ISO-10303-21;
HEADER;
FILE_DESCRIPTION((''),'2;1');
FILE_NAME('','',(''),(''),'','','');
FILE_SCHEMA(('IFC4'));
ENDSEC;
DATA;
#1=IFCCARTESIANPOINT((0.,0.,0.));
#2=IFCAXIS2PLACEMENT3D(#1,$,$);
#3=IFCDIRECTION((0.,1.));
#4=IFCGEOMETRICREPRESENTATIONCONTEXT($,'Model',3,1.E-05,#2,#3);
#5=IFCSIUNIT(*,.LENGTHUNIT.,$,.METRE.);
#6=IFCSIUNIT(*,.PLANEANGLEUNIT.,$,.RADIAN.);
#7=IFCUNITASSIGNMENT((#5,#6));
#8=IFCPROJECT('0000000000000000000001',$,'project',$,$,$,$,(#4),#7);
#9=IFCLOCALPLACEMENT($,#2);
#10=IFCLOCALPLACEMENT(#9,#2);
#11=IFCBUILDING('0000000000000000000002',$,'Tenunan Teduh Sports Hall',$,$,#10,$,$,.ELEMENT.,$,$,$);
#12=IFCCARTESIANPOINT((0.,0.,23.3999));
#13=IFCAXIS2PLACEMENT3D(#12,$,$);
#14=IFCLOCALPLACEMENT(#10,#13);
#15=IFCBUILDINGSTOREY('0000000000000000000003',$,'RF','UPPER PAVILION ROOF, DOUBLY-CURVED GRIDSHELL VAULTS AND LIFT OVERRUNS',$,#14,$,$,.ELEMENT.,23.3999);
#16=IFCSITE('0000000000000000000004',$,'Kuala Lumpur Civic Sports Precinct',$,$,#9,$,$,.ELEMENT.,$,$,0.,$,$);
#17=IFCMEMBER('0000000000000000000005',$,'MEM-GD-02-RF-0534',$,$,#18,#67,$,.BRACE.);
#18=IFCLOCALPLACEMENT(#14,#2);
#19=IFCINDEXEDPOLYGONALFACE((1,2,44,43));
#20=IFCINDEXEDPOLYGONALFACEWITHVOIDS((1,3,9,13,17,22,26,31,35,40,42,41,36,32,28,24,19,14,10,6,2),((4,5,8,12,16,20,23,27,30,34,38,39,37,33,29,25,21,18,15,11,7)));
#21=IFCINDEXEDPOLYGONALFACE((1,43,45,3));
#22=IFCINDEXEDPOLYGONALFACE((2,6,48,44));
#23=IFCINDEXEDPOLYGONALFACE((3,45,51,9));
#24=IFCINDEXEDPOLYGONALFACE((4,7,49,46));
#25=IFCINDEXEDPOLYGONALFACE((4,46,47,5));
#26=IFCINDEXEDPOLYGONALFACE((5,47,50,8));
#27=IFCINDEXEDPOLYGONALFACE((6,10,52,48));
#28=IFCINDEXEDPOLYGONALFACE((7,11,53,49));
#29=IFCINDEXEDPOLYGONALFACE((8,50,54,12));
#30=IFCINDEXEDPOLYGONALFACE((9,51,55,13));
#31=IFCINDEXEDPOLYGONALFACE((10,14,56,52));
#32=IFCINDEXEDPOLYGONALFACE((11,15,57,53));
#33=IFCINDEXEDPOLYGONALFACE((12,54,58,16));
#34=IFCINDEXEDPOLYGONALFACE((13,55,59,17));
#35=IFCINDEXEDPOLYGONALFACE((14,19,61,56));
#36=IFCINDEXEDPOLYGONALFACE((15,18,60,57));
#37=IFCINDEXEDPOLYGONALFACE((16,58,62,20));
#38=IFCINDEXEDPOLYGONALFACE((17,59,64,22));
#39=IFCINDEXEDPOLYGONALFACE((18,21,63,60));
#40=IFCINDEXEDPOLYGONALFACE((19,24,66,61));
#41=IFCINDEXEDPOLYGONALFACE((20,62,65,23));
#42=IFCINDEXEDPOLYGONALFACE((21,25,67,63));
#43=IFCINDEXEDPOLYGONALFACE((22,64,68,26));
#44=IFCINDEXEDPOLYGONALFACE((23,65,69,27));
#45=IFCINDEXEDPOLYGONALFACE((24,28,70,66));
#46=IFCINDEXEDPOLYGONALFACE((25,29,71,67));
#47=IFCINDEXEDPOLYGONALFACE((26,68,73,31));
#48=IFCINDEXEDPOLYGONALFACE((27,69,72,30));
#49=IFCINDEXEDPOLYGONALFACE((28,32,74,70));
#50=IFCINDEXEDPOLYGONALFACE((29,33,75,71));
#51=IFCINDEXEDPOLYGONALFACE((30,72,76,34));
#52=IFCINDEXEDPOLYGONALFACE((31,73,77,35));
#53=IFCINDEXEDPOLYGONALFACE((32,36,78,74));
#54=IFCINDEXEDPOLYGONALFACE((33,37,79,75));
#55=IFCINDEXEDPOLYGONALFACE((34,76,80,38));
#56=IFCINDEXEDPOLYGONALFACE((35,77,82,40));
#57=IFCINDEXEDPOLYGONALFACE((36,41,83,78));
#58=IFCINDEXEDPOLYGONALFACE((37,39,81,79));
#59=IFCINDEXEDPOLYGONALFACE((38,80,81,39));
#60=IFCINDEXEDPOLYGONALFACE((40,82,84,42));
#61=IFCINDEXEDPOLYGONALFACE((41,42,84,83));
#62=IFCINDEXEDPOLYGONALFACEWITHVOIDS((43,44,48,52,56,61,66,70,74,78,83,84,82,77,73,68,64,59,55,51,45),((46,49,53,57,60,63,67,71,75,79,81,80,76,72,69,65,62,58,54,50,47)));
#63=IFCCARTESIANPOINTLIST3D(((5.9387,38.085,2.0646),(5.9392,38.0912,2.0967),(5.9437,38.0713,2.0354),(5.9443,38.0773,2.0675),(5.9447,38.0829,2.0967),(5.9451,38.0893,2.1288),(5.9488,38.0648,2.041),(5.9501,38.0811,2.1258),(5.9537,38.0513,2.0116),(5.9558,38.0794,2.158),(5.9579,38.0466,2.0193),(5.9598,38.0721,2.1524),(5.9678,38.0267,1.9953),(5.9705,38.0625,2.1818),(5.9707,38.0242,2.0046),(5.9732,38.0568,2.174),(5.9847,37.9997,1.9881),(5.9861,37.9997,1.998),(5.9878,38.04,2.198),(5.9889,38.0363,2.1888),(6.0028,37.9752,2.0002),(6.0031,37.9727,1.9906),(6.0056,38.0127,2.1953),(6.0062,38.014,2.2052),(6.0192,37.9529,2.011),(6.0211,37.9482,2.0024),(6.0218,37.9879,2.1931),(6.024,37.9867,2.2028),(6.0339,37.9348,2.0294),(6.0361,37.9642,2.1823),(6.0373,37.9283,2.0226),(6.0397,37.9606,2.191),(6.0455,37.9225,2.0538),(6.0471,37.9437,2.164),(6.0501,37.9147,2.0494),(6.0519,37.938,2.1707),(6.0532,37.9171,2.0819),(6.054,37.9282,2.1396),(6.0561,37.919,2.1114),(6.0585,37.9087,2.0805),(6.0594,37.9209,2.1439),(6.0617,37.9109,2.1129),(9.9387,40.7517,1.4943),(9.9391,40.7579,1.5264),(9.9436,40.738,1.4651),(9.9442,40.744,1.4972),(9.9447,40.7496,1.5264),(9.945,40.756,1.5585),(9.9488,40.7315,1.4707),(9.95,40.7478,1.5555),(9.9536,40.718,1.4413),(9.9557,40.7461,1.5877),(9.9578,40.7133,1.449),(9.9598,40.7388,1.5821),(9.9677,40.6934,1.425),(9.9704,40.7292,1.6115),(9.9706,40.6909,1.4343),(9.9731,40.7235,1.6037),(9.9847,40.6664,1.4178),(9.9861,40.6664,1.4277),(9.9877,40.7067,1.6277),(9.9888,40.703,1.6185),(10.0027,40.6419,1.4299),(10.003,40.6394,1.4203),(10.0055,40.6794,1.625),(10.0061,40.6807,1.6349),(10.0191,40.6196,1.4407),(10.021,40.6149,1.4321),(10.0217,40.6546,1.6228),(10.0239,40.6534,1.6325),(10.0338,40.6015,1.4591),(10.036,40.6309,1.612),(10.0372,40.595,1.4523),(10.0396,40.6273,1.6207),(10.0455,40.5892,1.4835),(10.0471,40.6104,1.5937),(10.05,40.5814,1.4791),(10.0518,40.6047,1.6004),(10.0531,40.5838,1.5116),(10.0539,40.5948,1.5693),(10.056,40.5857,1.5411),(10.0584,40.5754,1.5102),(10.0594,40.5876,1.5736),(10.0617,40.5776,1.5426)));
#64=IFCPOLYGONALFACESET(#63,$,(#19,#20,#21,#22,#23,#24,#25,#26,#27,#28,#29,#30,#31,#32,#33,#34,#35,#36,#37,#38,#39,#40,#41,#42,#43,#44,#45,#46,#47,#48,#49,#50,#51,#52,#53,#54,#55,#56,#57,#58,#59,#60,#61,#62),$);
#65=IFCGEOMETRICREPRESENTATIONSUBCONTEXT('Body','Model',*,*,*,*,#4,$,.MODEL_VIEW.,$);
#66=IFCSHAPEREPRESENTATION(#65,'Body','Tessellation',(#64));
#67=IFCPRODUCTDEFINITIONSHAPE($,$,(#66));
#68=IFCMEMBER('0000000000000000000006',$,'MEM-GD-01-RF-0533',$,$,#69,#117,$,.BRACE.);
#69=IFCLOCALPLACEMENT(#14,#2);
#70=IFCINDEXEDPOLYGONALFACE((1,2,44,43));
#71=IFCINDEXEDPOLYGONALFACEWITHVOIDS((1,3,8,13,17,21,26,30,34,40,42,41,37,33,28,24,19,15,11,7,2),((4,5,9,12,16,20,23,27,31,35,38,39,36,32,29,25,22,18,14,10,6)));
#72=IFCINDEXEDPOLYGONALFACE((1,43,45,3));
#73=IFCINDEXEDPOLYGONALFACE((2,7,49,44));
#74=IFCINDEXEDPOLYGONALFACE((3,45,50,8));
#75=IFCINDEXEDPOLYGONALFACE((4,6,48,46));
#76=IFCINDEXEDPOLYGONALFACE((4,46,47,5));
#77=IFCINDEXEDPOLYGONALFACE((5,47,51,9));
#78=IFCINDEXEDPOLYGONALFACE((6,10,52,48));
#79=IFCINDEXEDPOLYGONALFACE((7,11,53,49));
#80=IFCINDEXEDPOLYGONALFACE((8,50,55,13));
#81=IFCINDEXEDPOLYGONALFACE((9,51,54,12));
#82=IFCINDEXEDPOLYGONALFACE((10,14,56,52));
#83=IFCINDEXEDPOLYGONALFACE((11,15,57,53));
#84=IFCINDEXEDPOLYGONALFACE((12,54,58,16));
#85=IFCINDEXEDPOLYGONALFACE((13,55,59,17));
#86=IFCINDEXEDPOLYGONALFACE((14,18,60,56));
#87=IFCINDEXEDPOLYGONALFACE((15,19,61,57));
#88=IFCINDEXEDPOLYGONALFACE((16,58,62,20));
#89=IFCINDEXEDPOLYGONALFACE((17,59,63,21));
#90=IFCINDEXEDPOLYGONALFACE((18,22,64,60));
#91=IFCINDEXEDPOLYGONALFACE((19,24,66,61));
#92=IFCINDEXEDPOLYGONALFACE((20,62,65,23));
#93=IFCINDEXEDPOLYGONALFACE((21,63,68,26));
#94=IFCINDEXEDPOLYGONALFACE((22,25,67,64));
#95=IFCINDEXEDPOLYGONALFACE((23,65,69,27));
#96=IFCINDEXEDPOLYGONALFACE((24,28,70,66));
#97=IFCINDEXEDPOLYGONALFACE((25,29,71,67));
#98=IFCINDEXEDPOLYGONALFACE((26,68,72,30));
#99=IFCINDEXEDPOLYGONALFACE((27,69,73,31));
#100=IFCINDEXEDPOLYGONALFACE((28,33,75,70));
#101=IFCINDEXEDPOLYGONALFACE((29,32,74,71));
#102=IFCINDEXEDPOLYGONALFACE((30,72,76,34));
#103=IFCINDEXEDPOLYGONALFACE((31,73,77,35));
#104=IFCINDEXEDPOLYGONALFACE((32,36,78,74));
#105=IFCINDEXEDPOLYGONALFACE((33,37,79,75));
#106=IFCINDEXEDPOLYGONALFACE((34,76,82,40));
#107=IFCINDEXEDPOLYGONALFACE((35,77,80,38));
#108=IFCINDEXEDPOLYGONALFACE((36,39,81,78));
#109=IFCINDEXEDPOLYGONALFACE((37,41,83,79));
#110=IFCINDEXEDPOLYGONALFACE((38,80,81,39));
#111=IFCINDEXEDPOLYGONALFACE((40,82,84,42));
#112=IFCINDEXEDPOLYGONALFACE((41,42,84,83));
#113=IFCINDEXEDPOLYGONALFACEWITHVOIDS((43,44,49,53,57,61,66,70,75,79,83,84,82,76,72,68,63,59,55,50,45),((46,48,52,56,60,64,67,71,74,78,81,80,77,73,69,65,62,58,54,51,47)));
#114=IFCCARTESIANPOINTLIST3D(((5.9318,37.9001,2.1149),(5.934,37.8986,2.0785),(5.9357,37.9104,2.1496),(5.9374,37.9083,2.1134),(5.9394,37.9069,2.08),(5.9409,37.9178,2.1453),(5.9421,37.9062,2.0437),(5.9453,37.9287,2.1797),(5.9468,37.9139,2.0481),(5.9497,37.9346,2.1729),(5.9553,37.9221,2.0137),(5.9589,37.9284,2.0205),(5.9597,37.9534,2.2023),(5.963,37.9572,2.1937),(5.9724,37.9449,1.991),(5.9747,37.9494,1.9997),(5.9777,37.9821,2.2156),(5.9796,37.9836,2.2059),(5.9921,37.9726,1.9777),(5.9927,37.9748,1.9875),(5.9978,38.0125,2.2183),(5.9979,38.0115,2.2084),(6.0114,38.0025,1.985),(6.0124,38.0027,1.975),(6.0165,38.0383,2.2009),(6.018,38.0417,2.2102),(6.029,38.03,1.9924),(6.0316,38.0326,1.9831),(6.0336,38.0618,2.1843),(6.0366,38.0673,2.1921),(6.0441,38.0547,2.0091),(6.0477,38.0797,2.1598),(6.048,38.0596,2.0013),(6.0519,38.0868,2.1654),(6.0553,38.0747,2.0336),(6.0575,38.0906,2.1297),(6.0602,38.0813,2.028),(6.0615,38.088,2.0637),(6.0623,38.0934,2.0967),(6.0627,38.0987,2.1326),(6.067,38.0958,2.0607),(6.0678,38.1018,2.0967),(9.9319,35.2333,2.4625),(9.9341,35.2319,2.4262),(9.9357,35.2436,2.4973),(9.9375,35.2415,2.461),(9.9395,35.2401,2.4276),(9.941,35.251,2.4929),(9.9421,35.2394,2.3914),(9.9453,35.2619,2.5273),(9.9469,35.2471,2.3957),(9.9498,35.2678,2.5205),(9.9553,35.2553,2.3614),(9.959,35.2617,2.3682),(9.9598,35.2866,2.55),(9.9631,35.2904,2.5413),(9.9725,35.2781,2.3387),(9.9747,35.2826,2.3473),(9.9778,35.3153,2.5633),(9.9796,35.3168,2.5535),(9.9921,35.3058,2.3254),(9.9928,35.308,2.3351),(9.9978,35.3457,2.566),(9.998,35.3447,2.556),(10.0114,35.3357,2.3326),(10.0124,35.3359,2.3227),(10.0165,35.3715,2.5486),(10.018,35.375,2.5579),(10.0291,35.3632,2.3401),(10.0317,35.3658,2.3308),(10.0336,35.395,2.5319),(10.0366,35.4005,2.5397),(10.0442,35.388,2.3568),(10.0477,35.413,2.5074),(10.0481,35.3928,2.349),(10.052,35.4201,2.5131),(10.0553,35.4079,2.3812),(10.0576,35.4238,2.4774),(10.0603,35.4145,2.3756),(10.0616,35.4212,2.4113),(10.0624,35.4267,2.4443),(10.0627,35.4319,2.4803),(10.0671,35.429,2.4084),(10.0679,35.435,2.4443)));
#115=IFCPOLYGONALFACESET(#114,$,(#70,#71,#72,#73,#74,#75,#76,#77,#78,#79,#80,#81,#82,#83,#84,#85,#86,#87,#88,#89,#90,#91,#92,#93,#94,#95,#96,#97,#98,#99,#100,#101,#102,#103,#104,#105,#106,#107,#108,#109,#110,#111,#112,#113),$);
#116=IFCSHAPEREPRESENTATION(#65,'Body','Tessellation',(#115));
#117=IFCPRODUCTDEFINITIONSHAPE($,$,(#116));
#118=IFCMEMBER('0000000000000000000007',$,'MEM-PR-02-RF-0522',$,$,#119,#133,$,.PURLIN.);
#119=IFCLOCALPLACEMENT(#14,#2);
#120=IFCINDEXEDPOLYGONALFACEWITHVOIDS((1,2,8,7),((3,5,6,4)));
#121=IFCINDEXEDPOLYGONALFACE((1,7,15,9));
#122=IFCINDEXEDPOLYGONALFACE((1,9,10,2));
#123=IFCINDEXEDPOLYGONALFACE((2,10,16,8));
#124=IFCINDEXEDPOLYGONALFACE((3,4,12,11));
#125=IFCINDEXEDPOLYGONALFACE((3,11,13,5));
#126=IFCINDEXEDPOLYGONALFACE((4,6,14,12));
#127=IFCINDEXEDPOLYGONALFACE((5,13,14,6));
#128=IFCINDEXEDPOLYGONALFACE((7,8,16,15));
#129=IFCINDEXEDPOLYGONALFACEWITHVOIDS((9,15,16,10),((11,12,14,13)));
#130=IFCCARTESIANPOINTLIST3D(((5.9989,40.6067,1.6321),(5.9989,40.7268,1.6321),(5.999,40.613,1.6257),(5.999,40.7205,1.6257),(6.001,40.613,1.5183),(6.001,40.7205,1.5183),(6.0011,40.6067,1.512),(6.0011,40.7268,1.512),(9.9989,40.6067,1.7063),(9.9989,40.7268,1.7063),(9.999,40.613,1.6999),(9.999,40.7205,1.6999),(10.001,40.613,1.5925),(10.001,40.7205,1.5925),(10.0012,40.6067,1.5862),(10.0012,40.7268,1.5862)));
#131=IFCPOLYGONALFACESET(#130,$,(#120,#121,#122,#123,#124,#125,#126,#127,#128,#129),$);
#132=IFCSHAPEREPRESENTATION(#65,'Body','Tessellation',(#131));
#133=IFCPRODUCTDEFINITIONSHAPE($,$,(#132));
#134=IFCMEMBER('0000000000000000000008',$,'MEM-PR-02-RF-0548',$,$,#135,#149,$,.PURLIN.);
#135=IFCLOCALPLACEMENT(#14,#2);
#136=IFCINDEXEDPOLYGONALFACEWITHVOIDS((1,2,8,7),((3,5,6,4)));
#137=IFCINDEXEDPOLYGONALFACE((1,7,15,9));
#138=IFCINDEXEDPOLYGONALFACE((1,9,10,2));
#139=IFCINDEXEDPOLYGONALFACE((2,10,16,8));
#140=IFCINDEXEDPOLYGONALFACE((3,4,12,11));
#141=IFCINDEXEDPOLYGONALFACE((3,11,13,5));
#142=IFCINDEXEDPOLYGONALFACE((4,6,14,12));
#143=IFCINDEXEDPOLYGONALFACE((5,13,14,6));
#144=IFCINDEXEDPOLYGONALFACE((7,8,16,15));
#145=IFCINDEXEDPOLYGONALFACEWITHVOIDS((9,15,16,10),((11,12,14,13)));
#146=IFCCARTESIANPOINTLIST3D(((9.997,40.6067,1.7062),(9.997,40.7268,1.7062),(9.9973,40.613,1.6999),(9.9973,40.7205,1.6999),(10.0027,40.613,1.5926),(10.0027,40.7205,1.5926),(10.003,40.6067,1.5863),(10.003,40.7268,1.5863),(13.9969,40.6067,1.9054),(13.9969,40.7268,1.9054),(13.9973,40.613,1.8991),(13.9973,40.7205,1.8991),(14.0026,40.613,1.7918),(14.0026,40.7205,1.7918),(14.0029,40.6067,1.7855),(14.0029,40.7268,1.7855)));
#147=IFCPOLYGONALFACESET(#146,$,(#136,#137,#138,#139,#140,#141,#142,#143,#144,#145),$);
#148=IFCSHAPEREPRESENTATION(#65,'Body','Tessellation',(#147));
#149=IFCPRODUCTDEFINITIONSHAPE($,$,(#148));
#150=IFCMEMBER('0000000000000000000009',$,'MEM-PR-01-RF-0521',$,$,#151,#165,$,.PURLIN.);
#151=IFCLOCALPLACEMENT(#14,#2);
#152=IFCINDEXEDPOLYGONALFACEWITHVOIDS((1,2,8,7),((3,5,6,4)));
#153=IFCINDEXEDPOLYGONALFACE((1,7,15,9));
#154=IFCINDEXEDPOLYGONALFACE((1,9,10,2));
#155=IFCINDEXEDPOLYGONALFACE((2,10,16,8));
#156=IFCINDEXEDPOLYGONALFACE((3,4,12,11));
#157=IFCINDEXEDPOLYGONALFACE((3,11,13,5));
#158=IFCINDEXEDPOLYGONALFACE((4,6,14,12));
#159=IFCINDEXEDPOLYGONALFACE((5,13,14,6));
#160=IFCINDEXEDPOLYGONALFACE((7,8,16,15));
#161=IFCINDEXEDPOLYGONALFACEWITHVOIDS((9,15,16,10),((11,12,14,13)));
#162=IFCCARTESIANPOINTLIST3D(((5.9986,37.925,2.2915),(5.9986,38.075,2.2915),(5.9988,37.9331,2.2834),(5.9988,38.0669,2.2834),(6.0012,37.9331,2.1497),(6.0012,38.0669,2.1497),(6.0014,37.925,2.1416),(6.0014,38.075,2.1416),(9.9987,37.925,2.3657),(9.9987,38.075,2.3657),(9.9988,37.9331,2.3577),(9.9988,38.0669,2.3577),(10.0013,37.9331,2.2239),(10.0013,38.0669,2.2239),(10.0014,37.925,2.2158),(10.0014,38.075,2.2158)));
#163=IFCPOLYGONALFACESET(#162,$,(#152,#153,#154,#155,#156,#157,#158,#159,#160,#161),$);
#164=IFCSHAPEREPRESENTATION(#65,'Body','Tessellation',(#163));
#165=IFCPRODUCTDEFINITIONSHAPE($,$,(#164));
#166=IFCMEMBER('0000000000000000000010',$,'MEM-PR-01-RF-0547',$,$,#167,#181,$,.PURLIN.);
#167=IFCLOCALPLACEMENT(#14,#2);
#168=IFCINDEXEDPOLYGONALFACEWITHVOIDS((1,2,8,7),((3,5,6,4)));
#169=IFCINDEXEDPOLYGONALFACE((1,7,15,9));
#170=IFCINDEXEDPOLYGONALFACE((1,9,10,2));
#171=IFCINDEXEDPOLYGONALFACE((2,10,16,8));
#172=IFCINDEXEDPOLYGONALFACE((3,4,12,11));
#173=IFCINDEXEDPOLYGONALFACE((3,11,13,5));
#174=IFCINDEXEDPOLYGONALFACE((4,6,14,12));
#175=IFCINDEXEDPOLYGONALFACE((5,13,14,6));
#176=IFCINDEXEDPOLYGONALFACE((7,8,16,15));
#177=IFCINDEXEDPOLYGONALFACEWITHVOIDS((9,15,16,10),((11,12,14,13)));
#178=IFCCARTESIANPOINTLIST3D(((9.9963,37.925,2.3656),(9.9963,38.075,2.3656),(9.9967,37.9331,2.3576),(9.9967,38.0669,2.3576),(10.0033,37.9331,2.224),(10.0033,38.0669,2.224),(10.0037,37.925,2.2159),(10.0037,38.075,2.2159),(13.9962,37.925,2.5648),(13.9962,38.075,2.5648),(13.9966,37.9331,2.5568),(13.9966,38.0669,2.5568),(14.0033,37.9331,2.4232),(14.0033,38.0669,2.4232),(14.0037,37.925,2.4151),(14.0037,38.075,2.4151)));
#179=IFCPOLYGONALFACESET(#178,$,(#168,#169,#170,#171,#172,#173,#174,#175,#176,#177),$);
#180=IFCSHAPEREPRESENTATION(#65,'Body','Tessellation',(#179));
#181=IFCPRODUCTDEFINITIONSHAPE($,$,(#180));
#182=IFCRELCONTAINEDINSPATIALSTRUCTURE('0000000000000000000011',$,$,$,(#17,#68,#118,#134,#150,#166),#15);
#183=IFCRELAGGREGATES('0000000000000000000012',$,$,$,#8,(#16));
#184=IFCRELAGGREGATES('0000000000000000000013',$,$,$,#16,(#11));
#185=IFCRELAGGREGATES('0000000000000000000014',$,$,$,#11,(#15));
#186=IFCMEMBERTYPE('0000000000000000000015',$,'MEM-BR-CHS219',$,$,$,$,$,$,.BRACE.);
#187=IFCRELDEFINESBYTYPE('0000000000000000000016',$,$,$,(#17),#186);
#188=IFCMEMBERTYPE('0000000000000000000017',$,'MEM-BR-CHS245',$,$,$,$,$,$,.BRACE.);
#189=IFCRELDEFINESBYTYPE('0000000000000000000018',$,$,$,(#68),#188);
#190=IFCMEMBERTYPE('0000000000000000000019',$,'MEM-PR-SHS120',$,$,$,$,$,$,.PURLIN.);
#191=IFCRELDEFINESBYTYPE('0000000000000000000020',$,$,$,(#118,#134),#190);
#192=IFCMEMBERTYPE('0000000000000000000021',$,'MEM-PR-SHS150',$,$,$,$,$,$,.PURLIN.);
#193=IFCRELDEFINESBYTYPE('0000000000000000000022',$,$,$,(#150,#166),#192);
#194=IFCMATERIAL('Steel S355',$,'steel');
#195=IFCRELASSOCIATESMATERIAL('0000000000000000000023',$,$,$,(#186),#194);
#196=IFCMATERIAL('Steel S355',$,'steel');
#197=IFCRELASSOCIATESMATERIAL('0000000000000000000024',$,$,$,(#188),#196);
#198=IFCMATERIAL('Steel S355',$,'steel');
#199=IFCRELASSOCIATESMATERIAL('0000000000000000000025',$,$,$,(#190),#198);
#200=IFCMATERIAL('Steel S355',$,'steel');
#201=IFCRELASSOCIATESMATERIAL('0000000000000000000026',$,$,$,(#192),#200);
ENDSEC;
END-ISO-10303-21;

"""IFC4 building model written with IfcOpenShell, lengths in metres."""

from ifc_helpers import new_model, si_unit, direction, frame, origin, origin_2d, place, context, subcontext, project, spatial, hollow_rectangle, hollow_circle, extrude, material, material_profile, profile_set, type_object, element, save


model = new_model("IFC4")

# Units and contexts
model_context = context("Model", 3, precision=1e-05, world=origin(), true_north=direction((0.0, 1.0)))
body_context = subcontext(model_context, "Body", "Model", "MODEL_VIEW")
ifc_project = project(units=[si_unit("LENGTHUNIT", "METRE"), si_unit("PLANEANGLEUNIT", "RADIAN")], contexts=[model_context])

# Site, building, storey
site_placement = place(None, origin())
site = spatial("IfcSite", under=ifc_project, at=site_placement, Name="Kuala Lumpur Civic Sports Precinct", CompositionType="ELEMENT", RefElevation=0.0)
building_placement = place(site_placement, origin())
building = spatial("IfcBuilding", under=site, at=building_placement, Name="Tenunan Teduh Sports Hall", CompositionType="ELEMENT")
storey_placement = place(building_placement, frame((0.0, 0.0, 23.3999)))
storey = spatial("IfcBuildingStorey", under=building, at=storey_placement, Name="RF", Description="UPPER PAVILION ROOF, DOUBLY-CURVED GRIDSHELL VAULTS AND LIFT OVERRUNS", CompositionType="ELEMENT", Elevation=23.3999)

# Members
ifc_material_1 = material(Name="Steel S355", Category="steel")
ifc_material_profile_1 = material_profile(ifc_material_1, hollow_circle(Radius=0.1096, WallThickness=0.01, at=origin_2d()), Name="CHS 219.1x10.0")
ifc_profile_set_1 = profile_set([ifc_material_profile_1], Name="Steel S355")
member_type_1 = type_object("IfcMemberType", Name="MEM-BR-CHS219", PredefinedType="BRACE", material=ifc_profile_set_1)
member_1_placement = place(storey_placement, frame((6.0, 38.0, 2.0967), z_axis=(0.826249, 0.550849, -0.117805), x_axis=(-0.554712, 0.832042, 0.0)))
element("IfcMember", 1, at=member_1_placement, inside=storey, type_object=member_type_1, Name="MEM-GD-02-RF-0534", PredefinedType="BRACE", context=body_context, shape_type="SweptSolid", body=[
    extrude(hollow_circle(Radius=0.1096, WallThickness=0.01, at=origin_2d()), origin(), (0.0, 0.0, 1.0), 4.8411),
])
ifc_material_2 = material(Name="Steel S355", Category="steel")
ifc_material_profile_2 = material_profile(ifc_material_2, hollow_circle(Radius=0.1223, WallThickness=0.01, at=origin_2d()), Name="CHS 244.5x10.0")
ifc_profile_set_2 = profile_set([ifc_material_profile_2], Name="Steel S355")
member_type_2 = type_object("IfcMemberType", Name="MEM-BR-CHS245", PredefinedType="BRACE", material=ifc_profile_set_2)
member_2_placement = place(storey_placement, frame((6.0, 38.0, 2.0967), z_axis=(0.829875, -0.553267, 0.072128), x_axis=(0.554712, 0.832042, 0.0)))
element("IfcMember", 2, at=member_2_placement, inside=storey, type_object=member_type_2, Name="MEM-GD-01-RF-0533", PredefinedType="BRACE", context=body_context, shape_type="SweptSolid", body=[
    extrude(hollow_circle(Radius=0.1223, WallThickness=0.01, at=origin_2d()), origin(), (0.0, 0.0, 1.0), 4.8201),
])
ifc_material_3 = material(Name="Steel S355", Category="steel")
ifc_material_profile_3 = material_profile(ifc_material_3, hollow_rectangle(XDim=0.1201, YDim=0.1201, WallThickness=0.0063, at=origin_2d()), Name="SHS 120x120x6.3")
ifc_profile_set_3 = profile_set([ifc_material_profile_3], Name="Steel S355")
member_type_3 = type_object("IfcMemberType", Name="MEM-PR-SHS120", PredefinedType="PURLIN", material=ifc_profile_set_3)
member_3_placement = place(storey_placement, frame((6.0, 40.6667, 1.572), z_axis=(0.999828, 0.0, 0.018551), x_axis=(0.0, 1.0, 0.0)))
element("IfcMember", 3, at=member_3_placement, inside=storey, type_object=member_type_3, Name="MEM-PR-02-RF-0522", PredefinedType="PURLIN", context=body_context, shape_type="SweptSolid", body=[
    extrude(hollow_rectangle(XDim=0.1201, YDim=0.1201, WallThickness=0.0063, at=origin_2d()), origin(), (0.0, 0.0, 1.0), 4.0007),
])
member_4_placement = place(storey_placement, frame((10.0, 40.6667, 1.6462), z_axis=(0.998762, 0.0, 0.049743), x_axis=(0.0, 1.0, 0.0)))
element("IfcMember", 4, at=member_4_placement, inside=storey, type_object=member_type_3, Name="MEM-PR-02-RF-0548", PredefinedType="PURLIN", context=body_context, shape_type="SweptSolid", body=[
    extrude(hollow_rectangle(XDim=0.1201, YDim=0.1201, WallThickness=0.0063, at=origin_2d()), origin(), (0.0, 0.0, 1.0), 4.0049),
])
ifc_material_4 = material(Name="Steel S355", Category="steel")
ifc_material_profile_4 = material_profile(ifc_material_4, hollow_rectangle(XDim=0.1499, YDim=0.1499, WallThickness=0.0081, at=origin_2d()), Name="SHS 150x150x8.0")
ifc_profile_set_4 = profile_set([ifc_material_profile_4], Name="Steel S355")
member_type_4 = type_object("IfcMemberType", Name="MEM-PR-SHS150", PredefinedType="PURLIN", material=ifc_profile_set_4)
member_5_placement = place(storey_placement, frame((6.0, 38.0, 2.2166), z_axis=(0.999828, 0.0, 0.018551), x_axis=(0.0, 1.0, 0.0)))
element("IfcMember", 5, at=member_5_placement, inside=storey, type_object=member_type_4, Name="MEM-PR-01-RF-0521", PredefinedType="PURLIN", context=body_context, shape_type="SweptSolid", body=[
    extrude(hollow_rectangle(XDim=0.1499, YDim=0.1499, WallThickness=0.0081, at=origin_2d()), origin(), (0.0, 0.0, 1.0), 4.0007),
])
member_6_placement = place(storey_placement, frame((10.0, 38.0, 2.2908), z_axis=(0.998762, 0.0, 0.049743), x_axis=(0.0, 1.0, 0.0)))
element("IfcMember", 6, at=member_6_placement, inside=storey, type_object=member_type_4, Name="MEM-PR-01-RF-0547", PredefinedType="PURLIN", context=body_context, shape_type="SweptSolid", body=[
    extrude(hollow_rectangle(XDim=0.1499, YDim=0.1499, WallThickness=0.0081, at=origin_2d()), origin(), (0.0, 0.0, 1.0), 4.0049),
])

save(model, "model.ifc")
